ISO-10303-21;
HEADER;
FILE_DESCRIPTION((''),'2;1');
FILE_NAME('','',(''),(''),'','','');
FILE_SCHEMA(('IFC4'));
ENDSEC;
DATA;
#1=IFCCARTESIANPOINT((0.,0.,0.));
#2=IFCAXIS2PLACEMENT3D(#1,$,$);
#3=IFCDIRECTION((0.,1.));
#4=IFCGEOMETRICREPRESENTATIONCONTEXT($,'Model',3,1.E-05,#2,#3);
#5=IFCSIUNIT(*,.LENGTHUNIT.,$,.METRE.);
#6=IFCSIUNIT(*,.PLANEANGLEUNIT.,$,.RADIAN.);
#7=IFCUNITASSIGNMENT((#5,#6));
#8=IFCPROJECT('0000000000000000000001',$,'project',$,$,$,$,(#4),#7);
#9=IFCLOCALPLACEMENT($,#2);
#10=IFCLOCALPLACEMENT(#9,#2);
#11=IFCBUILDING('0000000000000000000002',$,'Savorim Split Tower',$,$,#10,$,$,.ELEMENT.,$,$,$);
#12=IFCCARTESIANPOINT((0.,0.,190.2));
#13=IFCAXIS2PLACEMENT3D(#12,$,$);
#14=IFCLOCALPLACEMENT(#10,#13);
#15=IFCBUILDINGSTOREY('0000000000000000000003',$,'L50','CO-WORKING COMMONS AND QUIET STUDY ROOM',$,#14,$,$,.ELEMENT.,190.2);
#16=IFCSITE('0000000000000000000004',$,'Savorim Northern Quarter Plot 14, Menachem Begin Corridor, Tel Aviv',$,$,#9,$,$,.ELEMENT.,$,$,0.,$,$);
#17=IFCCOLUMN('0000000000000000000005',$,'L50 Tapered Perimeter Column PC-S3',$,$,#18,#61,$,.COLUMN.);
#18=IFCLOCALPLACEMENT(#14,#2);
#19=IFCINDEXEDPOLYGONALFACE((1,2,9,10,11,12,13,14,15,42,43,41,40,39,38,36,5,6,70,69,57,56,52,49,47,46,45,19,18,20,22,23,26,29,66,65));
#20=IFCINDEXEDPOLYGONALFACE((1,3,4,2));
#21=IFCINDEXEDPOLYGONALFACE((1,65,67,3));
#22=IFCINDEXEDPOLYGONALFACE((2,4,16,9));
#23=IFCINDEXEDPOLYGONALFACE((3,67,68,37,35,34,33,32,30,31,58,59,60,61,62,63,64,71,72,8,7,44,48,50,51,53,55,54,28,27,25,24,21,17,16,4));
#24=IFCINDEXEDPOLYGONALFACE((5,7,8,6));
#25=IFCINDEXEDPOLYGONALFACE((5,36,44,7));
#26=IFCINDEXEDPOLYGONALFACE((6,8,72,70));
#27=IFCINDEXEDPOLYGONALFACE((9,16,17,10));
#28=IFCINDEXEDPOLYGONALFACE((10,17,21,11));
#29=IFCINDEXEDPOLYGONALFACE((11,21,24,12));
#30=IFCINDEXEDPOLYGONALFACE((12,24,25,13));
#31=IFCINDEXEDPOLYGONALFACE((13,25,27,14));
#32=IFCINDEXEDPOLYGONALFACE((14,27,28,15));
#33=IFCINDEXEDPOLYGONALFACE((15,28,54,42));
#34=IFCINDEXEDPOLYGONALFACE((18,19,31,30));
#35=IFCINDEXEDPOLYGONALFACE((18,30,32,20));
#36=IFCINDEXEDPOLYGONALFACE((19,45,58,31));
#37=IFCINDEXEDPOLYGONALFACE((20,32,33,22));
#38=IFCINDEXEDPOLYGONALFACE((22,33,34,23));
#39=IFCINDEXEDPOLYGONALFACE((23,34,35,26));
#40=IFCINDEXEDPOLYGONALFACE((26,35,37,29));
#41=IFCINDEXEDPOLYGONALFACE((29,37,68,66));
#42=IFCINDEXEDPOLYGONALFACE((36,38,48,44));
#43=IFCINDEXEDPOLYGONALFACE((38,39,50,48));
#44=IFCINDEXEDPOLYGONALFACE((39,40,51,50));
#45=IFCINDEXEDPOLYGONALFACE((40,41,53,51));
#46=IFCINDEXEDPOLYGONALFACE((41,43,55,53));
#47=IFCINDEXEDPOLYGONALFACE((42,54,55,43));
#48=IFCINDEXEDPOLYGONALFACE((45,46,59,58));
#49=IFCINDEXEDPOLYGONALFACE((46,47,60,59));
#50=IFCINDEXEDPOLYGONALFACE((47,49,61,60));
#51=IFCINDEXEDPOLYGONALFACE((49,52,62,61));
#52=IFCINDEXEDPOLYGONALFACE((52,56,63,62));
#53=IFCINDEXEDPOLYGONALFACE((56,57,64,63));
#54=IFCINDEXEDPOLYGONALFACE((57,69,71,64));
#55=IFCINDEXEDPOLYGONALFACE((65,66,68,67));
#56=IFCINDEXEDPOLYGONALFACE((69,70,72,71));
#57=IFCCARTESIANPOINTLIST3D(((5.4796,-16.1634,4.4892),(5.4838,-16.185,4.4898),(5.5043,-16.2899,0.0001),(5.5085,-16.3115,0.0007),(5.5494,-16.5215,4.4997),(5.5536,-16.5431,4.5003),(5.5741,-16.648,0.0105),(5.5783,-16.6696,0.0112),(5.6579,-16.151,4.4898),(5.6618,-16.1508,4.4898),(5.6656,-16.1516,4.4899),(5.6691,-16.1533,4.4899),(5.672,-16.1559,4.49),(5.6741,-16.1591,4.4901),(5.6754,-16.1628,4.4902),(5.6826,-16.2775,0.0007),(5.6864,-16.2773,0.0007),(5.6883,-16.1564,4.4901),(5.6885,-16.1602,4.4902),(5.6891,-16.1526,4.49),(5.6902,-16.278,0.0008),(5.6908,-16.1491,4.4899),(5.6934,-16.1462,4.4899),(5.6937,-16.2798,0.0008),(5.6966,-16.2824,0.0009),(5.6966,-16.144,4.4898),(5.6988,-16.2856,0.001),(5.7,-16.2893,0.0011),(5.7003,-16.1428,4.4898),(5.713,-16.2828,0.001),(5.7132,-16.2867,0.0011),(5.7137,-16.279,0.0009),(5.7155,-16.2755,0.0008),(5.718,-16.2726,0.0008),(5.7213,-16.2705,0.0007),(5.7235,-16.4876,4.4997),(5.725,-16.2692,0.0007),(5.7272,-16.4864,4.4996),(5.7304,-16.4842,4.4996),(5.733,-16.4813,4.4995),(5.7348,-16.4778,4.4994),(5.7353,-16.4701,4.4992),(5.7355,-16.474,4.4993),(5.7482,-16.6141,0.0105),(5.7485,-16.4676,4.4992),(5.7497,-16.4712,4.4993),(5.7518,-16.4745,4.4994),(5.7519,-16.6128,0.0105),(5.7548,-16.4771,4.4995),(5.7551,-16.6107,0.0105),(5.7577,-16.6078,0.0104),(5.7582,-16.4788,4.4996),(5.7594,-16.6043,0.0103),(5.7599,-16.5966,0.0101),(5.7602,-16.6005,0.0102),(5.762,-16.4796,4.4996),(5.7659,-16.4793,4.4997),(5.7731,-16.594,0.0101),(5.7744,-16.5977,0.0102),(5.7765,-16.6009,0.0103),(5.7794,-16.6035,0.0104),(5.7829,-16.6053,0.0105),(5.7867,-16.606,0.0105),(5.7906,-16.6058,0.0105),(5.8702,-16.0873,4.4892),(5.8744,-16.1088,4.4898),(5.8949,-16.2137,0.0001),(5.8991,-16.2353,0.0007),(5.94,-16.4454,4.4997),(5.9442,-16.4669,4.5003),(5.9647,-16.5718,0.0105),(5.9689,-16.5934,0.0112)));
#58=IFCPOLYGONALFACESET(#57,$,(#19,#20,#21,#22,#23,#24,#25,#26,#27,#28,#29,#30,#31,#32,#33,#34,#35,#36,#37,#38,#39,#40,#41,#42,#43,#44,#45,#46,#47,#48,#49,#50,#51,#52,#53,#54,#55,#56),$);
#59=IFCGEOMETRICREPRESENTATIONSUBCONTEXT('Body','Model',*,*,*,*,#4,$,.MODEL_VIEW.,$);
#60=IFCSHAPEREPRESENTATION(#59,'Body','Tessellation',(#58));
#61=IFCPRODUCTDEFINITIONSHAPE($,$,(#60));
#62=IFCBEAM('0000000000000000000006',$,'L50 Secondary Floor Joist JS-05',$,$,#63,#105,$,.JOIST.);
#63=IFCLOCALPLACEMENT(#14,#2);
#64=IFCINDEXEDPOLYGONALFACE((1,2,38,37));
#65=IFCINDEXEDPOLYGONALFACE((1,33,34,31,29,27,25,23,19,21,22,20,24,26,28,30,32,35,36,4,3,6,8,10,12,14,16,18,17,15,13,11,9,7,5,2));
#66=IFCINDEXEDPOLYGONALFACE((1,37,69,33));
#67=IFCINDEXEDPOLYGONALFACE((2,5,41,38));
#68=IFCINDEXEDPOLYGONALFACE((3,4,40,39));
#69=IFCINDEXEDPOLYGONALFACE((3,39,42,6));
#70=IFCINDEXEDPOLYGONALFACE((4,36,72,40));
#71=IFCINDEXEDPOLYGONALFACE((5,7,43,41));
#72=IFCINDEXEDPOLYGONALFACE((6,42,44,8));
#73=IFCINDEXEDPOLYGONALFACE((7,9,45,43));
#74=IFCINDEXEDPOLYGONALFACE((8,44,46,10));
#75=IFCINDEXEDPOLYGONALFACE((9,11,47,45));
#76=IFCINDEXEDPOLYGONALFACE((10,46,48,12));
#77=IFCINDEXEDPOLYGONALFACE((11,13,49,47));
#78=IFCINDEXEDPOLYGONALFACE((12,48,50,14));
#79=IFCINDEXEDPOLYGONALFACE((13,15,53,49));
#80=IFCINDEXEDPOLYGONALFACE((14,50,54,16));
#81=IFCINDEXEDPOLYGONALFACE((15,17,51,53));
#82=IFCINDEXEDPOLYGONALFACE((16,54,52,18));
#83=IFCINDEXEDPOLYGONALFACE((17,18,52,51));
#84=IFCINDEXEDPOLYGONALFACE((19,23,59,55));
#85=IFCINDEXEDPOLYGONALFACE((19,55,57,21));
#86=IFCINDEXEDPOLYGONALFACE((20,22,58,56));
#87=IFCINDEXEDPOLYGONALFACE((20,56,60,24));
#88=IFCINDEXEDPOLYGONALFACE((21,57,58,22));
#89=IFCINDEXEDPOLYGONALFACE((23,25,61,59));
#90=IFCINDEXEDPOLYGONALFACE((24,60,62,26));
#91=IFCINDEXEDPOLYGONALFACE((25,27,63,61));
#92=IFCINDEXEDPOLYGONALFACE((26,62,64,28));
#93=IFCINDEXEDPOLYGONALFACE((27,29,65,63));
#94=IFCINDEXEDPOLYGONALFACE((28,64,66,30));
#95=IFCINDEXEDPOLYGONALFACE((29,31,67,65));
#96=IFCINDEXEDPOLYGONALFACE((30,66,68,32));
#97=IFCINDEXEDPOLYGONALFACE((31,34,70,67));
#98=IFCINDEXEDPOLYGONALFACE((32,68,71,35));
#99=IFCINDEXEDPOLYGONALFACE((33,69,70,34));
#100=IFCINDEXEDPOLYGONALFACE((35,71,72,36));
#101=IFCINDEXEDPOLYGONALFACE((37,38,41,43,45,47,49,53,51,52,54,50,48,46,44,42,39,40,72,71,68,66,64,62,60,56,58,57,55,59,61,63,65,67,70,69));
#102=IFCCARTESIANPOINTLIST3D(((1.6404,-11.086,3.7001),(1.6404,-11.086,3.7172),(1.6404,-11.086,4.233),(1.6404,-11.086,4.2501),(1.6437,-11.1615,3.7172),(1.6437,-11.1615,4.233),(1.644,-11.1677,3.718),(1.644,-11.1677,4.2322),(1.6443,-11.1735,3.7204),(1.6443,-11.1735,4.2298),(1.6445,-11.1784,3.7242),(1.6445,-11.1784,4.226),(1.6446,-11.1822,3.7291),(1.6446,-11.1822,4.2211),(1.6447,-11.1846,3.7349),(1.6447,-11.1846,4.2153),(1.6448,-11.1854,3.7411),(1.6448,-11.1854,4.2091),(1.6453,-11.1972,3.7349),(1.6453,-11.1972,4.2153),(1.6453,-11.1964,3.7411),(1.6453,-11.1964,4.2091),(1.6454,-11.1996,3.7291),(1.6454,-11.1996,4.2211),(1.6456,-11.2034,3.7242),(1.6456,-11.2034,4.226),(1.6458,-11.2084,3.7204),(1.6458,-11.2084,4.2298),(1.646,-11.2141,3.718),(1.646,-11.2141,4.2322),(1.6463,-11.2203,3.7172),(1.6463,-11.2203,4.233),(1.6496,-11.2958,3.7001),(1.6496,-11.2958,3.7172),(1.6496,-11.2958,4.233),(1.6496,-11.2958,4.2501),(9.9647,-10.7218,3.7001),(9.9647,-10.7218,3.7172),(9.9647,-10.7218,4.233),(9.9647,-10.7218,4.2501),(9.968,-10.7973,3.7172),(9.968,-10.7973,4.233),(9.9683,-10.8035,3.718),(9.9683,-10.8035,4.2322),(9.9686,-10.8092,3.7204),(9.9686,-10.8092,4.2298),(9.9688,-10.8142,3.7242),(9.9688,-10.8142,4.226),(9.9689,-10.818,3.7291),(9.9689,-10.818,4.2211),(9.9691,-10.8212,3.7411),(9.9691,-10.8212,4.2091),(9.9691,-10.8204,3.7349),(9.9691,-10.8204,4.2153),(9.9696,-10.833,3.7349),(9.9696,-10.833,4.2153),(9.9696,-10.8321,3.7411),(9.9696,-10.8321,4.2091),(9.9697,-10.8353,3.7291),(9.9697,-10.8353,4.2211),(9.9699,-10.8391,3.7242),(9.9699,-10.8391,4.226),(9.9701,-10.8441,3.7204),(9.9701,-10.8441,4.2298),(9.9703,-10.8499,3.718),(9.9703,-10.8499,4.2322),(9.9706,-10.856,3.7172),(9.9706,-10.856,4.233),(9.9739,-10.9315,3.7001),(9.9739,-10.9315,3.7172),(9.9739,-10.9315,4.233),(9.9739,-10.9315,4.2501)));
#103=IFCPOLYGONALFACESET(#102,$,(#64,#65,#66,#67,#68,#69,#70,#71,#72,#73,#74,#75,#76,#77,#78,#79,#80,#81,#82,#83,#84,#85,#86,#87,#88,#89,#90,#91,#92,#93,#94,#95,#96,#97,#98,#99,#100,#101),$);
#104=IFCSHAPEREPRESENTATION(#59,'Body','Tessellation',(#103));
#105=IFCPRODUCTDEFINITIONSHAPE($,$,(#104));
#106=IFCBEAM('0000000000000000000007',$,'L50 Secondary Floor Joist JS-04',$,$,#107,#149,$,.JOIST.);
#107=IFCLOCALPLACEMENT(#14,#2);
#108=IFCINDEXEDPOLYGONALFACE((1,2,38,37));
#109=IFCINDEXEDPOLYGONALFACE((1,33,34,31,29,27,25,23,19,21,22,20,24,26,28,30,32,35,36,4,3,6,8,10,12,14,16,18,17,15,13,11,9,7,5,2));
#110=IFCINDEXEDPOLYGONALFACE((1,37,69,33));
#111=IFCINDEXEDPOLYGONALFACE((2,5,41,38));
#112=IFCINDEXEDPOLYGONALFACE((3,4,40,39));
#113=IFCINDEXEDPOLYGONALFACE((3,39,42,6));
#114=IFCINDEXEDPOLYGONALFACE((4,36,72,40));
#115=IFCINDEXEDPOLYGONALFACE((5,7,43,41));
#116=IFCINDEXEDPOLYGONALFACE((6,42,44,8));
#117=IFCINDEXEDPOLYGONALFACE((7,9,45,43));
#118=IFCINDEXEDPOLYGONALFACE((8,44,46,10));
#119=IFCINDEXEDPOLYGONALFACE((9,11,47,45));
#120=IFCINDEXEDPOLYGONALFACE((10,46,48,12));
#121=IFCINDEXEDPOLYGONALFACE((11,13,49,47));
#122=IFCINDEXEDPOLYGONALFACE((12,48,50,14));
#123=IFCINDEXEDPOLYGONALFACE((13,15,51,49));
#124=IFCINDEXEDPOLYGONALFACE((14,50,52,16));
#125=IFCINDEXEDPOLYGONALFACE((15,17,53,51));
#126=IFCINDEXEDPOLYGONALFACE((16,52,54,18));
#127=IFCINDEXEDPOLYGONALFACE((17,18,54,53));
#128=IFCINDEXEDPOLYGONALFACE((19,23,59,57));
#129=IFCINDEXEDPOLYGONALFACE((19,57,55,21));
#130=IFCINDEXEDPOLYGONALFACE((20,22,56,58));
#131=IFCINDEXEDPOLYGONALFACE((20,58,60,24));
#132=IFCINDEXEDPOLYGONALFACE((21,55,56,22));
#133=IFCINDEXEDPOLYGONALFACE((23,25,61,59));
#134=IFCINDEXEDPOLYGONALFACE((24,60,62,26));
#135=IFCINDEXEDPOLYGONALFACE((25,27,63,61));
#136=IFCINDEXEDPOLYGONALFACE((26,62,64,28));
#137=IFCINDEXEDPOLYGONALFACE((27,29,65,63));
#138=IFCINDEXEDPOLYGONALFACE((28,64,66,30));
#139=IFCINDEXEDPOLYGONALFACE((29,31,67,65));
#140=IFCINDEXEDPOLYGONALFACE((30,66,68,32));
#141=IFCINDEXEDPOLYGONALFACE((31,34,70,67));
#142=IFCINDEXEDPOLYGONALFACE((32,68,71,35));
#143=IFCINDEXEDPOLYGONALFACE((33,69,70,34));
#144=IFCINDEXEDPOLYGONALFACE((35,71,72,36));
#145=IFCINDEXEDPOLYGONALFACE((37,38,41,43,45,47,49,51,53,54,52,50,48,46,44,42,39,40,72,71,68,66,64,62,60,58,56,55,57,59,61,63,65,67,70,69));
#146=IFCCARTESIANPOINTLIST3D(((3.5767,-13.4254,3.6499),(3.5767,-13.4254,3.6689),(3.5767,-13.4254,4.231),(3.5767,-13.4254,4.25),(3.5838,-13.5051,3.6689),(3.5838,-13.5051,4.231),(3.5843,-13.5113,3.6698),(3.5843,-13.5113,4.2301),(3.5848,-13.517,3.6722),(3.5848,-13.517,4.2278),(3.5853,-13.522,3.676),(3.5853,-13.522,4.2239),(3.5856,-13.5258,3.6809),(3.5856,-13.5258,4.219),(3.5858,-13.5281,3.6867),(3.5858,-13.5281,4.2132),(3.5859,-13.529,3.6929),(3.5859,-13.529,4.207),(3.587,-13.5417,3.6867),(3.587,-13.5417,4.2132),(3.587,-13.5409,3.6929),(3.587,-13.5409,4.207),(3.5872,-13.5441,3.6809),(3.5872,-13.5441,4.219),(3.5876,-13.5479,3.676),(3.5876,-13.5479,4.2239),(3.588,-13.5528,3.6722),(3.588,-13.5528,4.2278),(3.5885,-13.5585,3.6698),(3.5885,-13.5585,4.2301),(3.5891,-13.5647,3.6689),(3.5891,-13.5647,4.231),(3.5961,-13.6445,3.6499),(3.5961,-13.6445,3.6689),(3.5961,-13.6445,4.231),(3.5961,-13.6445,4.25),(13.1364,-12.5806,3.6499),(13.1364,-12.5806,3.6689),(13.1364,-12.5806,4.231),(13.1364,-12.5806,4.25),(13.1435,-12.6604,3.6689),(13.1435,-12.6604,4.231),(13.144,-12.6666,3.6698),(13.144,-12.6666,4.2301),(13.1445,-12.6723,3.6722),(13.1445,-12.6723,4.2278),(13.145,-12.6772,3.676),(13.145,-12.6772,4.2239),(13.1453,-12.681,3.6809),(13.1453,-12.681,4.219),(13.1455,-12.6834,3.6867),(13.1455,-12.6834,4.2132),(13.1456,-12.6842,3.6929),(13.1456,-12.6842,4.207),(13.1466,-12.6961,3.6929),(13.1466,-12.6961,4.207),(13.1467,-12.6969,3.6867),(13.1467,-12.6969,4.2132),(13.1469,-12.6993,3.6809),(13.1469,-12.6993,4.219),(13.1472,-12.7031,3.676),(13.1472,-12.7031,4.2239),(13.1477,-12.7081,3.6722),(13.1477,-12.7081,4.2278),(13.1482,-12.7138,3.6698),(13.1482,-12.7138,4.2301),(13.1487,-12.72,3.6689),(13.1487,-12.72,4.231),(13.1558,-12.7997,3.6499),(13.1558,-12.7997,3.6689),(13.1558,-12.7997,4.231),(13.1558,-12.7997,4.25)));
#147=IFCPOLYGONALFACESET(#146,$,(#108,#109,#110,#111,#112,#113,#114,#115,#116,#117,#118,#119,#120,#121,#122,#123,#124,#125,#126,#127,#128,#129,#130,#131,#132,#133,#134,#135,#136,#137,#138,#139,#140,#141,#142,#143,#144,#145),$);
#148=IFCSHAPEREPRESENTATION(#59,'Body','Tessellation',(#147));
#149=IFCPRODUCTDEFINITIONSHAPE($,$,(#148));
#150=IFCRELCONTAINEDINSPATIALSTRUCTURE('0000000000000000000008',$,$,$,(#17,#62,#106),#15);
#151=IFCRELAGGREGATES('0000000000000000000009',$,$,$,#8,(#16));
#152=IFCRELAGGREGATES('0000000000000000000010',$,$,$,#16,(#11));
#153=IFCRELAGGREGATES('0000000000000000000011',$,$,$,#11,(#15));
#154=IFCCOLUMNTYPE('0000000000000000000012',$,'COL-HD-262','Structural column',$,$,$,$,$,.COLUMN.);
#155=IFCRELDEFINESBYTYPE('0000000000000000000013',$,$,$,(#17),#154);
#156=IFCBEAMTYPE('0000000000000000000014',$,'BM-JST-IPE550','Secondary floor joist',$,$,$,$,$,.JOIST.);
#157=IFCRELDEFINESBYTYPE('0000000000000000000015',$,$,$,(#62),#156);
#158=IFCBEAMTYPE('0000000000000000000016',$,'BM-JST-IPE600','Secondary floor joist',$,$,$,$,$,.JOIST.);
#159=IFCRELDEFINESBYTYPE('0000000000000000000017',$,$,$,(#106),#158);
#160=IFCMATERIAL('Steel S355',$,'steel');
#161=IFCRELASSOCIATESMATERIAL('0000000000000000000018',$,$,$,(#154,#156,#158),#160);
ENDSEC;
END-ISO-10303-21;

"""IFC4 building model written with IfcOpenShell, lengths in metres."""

from ifc_helpers import new_model, si_unit, direction, frame, origin, origin_2d, place, context, subcontext, project, spatial, i_section, extrude, material, material_profile, profile_set, type_object, element, save


model = new_model("IFC4")

# Units and contexts
model_context = context("Model", 3, precision=1e-05, world=origin(), true_north=direction((0.0, 1.0)))
body_context = subcontext(model_context, "Body", "Model", "MODEL_VIEW")
ifc_project = project(units=[si_unit("LENGTHUNIT", "METRE"), si_unit("PLANEANGLEUNIT", "RADIAN")], contexts=[model_context])

# Site, building, storey
site_placement = place(None, origin())
site = spatial("IfcSite", under=ifc_project, at=site_placement, Name="Savorim Northern Quarter Plot 14, Menachem Begin Corridor, Tel Aviv", CompositionType="ELEMENT", RefElevation=0.0)
building_placement = place(site_placement, origin())
building = spatial("IfcBuilding", under=site, at=building_placement, Name="Savorim Split Tower", CompositionType="ELEMENT")
storey_placement = place(building_placement, frame((0.0, 0.0, 190.2)))
storey = spatial("IfcBuildingStorey", under=building, at=storey_placement, Name="L50", Description="CO-WORKING COMMONS AND QUIET STUDY ROOM", CompositionType="ELEMENT", Elevation=190.2)

# Column
ifc_material_1 = material(Name="Steel S355", Category="steel")
ifc_material_profile_1 = material_profile(ifc_material_1, i_section(OverallWidth=0.3979, OverallDepth=0.387, WebThickness=0.0134, FlangeThickness=0.022, FilletRadius=0.0149, at=origin_2d()), Name="HD 400x262")
ifc_profile_set_1 = profile_set([ifc_material_profile_1], Name="Steel S355")
column_type = type_object("IfcColumnType", Name="COL-HD-262", Description="Structural column", PredefinedType="COLUMN", material=ifc_profile_set_1)
column_placement = place(storey_placement, frame((5.7366, -16.4417, 0.0056), z_axis=(-0.005491, 0.02816, 0.999588), x_axis=(-0.981517, -0.191377, 0.0)))
element("IfcColumn", 1, at=column_placement, inside=storey, type_object=column_type, Name="L50 Tapered Perimeter Column PC-S3", PredefinedType="COLUMN", context=body_context, shape_type="SweptSolid", body=[
    extrude(i_section(OverallWidth=0.3979, OverallDepth=0.387, WebThickness=0.0134, FlangeThickness=0.022, FilletRadius=0.0149, at=origin_2d()), origin(), (0.0, 0.0, 1.0), 4.491),
])

# Beams
ifc_material_profile_2 = material_profile(ifc_material_1, i_section(OverallWidth=0.21, OverallDepth=0.55, WebThickness=0.011, FlangeThickness=0.0171, FilletRadius=0.0239, at=origin_2d()), Name="IPE 550")
ifc_profile_set_2 = profile_set([ifc_material_profile_2], Name="Steel S355")
beam_type_1 = type_object("IfcBeamType", Name="BM-JST-IPE550", Description="Secondary floor joist", PredefinedType="JOIST", material=ifc_profile_set_2)
beam_1_placement = place(storey_placement, frame((1.645, -11.1909, 3.9751), z_axis=(0.999044, 0.043717, 0.0), x_axis=(-0.043717, 0.999044, 0.0)))
element("IfcBeam", 2, at=beam_1_placement, inside=storey, type_object=beam_type_1, Name="L50 Secondary Floor Joist JS-05", PredefinedType="JOIST", context=body_context, shape_type="SweptSolid", body=[
    extrude(i_section(OverallWidth=0.21, OverallDepth=0.55, WebThickness=0.011, FlangeThickness=0.0171, FilletRadius=0.0239, at=origin_2d()), origin(), (0.0, 0.0, 1.0), 8.3323),
])
ifc_material_profile_3 = material_profile(ifc_material_1, i_section(OverallWidth=0.22, OverallDepth=0.6001, WebThickness=0.012, FlangeThickness=0.019, FilletRadius=0.0239, at=origin_2d()), Name="IPE 600")
ifc_profile_set_3 = profile_set([ifc_material_profile_3], Name="Steel S355")
beam_type_2 = type_object("IfcBeamType", Name="BM-JST-IPE600", Description="Secondary floor joist", PredefinedType="JOIST", material=ifc_profile_set_3)
beam_2_placement = place(storey_placement, frame((3.5864, -13.5349, 3.95), z_axis=(0.996119, 0.088022, 0.0), x_axis=(-0.088022, 0.996119, 0.0)))
element("IfcBeam", 3, at=beam_2_placement, inside=storey, type_object=beam_type_2, Name="L50 Secondary Floor Joist JS-04", PredefinedType="JOIST", context=body_context, shape_type="SweptSolid", body=[
    extrude(i_section(OverallWidth=0.22, OverallDepth=0.6001, WebThickness=0.012, FlangeThickness=0.019, FilletRadius=0.0239, at=origin_2d()), origin(), (0.0, 0.0, 1.0), 9.5969),
])

save(model, "model.ifc")
